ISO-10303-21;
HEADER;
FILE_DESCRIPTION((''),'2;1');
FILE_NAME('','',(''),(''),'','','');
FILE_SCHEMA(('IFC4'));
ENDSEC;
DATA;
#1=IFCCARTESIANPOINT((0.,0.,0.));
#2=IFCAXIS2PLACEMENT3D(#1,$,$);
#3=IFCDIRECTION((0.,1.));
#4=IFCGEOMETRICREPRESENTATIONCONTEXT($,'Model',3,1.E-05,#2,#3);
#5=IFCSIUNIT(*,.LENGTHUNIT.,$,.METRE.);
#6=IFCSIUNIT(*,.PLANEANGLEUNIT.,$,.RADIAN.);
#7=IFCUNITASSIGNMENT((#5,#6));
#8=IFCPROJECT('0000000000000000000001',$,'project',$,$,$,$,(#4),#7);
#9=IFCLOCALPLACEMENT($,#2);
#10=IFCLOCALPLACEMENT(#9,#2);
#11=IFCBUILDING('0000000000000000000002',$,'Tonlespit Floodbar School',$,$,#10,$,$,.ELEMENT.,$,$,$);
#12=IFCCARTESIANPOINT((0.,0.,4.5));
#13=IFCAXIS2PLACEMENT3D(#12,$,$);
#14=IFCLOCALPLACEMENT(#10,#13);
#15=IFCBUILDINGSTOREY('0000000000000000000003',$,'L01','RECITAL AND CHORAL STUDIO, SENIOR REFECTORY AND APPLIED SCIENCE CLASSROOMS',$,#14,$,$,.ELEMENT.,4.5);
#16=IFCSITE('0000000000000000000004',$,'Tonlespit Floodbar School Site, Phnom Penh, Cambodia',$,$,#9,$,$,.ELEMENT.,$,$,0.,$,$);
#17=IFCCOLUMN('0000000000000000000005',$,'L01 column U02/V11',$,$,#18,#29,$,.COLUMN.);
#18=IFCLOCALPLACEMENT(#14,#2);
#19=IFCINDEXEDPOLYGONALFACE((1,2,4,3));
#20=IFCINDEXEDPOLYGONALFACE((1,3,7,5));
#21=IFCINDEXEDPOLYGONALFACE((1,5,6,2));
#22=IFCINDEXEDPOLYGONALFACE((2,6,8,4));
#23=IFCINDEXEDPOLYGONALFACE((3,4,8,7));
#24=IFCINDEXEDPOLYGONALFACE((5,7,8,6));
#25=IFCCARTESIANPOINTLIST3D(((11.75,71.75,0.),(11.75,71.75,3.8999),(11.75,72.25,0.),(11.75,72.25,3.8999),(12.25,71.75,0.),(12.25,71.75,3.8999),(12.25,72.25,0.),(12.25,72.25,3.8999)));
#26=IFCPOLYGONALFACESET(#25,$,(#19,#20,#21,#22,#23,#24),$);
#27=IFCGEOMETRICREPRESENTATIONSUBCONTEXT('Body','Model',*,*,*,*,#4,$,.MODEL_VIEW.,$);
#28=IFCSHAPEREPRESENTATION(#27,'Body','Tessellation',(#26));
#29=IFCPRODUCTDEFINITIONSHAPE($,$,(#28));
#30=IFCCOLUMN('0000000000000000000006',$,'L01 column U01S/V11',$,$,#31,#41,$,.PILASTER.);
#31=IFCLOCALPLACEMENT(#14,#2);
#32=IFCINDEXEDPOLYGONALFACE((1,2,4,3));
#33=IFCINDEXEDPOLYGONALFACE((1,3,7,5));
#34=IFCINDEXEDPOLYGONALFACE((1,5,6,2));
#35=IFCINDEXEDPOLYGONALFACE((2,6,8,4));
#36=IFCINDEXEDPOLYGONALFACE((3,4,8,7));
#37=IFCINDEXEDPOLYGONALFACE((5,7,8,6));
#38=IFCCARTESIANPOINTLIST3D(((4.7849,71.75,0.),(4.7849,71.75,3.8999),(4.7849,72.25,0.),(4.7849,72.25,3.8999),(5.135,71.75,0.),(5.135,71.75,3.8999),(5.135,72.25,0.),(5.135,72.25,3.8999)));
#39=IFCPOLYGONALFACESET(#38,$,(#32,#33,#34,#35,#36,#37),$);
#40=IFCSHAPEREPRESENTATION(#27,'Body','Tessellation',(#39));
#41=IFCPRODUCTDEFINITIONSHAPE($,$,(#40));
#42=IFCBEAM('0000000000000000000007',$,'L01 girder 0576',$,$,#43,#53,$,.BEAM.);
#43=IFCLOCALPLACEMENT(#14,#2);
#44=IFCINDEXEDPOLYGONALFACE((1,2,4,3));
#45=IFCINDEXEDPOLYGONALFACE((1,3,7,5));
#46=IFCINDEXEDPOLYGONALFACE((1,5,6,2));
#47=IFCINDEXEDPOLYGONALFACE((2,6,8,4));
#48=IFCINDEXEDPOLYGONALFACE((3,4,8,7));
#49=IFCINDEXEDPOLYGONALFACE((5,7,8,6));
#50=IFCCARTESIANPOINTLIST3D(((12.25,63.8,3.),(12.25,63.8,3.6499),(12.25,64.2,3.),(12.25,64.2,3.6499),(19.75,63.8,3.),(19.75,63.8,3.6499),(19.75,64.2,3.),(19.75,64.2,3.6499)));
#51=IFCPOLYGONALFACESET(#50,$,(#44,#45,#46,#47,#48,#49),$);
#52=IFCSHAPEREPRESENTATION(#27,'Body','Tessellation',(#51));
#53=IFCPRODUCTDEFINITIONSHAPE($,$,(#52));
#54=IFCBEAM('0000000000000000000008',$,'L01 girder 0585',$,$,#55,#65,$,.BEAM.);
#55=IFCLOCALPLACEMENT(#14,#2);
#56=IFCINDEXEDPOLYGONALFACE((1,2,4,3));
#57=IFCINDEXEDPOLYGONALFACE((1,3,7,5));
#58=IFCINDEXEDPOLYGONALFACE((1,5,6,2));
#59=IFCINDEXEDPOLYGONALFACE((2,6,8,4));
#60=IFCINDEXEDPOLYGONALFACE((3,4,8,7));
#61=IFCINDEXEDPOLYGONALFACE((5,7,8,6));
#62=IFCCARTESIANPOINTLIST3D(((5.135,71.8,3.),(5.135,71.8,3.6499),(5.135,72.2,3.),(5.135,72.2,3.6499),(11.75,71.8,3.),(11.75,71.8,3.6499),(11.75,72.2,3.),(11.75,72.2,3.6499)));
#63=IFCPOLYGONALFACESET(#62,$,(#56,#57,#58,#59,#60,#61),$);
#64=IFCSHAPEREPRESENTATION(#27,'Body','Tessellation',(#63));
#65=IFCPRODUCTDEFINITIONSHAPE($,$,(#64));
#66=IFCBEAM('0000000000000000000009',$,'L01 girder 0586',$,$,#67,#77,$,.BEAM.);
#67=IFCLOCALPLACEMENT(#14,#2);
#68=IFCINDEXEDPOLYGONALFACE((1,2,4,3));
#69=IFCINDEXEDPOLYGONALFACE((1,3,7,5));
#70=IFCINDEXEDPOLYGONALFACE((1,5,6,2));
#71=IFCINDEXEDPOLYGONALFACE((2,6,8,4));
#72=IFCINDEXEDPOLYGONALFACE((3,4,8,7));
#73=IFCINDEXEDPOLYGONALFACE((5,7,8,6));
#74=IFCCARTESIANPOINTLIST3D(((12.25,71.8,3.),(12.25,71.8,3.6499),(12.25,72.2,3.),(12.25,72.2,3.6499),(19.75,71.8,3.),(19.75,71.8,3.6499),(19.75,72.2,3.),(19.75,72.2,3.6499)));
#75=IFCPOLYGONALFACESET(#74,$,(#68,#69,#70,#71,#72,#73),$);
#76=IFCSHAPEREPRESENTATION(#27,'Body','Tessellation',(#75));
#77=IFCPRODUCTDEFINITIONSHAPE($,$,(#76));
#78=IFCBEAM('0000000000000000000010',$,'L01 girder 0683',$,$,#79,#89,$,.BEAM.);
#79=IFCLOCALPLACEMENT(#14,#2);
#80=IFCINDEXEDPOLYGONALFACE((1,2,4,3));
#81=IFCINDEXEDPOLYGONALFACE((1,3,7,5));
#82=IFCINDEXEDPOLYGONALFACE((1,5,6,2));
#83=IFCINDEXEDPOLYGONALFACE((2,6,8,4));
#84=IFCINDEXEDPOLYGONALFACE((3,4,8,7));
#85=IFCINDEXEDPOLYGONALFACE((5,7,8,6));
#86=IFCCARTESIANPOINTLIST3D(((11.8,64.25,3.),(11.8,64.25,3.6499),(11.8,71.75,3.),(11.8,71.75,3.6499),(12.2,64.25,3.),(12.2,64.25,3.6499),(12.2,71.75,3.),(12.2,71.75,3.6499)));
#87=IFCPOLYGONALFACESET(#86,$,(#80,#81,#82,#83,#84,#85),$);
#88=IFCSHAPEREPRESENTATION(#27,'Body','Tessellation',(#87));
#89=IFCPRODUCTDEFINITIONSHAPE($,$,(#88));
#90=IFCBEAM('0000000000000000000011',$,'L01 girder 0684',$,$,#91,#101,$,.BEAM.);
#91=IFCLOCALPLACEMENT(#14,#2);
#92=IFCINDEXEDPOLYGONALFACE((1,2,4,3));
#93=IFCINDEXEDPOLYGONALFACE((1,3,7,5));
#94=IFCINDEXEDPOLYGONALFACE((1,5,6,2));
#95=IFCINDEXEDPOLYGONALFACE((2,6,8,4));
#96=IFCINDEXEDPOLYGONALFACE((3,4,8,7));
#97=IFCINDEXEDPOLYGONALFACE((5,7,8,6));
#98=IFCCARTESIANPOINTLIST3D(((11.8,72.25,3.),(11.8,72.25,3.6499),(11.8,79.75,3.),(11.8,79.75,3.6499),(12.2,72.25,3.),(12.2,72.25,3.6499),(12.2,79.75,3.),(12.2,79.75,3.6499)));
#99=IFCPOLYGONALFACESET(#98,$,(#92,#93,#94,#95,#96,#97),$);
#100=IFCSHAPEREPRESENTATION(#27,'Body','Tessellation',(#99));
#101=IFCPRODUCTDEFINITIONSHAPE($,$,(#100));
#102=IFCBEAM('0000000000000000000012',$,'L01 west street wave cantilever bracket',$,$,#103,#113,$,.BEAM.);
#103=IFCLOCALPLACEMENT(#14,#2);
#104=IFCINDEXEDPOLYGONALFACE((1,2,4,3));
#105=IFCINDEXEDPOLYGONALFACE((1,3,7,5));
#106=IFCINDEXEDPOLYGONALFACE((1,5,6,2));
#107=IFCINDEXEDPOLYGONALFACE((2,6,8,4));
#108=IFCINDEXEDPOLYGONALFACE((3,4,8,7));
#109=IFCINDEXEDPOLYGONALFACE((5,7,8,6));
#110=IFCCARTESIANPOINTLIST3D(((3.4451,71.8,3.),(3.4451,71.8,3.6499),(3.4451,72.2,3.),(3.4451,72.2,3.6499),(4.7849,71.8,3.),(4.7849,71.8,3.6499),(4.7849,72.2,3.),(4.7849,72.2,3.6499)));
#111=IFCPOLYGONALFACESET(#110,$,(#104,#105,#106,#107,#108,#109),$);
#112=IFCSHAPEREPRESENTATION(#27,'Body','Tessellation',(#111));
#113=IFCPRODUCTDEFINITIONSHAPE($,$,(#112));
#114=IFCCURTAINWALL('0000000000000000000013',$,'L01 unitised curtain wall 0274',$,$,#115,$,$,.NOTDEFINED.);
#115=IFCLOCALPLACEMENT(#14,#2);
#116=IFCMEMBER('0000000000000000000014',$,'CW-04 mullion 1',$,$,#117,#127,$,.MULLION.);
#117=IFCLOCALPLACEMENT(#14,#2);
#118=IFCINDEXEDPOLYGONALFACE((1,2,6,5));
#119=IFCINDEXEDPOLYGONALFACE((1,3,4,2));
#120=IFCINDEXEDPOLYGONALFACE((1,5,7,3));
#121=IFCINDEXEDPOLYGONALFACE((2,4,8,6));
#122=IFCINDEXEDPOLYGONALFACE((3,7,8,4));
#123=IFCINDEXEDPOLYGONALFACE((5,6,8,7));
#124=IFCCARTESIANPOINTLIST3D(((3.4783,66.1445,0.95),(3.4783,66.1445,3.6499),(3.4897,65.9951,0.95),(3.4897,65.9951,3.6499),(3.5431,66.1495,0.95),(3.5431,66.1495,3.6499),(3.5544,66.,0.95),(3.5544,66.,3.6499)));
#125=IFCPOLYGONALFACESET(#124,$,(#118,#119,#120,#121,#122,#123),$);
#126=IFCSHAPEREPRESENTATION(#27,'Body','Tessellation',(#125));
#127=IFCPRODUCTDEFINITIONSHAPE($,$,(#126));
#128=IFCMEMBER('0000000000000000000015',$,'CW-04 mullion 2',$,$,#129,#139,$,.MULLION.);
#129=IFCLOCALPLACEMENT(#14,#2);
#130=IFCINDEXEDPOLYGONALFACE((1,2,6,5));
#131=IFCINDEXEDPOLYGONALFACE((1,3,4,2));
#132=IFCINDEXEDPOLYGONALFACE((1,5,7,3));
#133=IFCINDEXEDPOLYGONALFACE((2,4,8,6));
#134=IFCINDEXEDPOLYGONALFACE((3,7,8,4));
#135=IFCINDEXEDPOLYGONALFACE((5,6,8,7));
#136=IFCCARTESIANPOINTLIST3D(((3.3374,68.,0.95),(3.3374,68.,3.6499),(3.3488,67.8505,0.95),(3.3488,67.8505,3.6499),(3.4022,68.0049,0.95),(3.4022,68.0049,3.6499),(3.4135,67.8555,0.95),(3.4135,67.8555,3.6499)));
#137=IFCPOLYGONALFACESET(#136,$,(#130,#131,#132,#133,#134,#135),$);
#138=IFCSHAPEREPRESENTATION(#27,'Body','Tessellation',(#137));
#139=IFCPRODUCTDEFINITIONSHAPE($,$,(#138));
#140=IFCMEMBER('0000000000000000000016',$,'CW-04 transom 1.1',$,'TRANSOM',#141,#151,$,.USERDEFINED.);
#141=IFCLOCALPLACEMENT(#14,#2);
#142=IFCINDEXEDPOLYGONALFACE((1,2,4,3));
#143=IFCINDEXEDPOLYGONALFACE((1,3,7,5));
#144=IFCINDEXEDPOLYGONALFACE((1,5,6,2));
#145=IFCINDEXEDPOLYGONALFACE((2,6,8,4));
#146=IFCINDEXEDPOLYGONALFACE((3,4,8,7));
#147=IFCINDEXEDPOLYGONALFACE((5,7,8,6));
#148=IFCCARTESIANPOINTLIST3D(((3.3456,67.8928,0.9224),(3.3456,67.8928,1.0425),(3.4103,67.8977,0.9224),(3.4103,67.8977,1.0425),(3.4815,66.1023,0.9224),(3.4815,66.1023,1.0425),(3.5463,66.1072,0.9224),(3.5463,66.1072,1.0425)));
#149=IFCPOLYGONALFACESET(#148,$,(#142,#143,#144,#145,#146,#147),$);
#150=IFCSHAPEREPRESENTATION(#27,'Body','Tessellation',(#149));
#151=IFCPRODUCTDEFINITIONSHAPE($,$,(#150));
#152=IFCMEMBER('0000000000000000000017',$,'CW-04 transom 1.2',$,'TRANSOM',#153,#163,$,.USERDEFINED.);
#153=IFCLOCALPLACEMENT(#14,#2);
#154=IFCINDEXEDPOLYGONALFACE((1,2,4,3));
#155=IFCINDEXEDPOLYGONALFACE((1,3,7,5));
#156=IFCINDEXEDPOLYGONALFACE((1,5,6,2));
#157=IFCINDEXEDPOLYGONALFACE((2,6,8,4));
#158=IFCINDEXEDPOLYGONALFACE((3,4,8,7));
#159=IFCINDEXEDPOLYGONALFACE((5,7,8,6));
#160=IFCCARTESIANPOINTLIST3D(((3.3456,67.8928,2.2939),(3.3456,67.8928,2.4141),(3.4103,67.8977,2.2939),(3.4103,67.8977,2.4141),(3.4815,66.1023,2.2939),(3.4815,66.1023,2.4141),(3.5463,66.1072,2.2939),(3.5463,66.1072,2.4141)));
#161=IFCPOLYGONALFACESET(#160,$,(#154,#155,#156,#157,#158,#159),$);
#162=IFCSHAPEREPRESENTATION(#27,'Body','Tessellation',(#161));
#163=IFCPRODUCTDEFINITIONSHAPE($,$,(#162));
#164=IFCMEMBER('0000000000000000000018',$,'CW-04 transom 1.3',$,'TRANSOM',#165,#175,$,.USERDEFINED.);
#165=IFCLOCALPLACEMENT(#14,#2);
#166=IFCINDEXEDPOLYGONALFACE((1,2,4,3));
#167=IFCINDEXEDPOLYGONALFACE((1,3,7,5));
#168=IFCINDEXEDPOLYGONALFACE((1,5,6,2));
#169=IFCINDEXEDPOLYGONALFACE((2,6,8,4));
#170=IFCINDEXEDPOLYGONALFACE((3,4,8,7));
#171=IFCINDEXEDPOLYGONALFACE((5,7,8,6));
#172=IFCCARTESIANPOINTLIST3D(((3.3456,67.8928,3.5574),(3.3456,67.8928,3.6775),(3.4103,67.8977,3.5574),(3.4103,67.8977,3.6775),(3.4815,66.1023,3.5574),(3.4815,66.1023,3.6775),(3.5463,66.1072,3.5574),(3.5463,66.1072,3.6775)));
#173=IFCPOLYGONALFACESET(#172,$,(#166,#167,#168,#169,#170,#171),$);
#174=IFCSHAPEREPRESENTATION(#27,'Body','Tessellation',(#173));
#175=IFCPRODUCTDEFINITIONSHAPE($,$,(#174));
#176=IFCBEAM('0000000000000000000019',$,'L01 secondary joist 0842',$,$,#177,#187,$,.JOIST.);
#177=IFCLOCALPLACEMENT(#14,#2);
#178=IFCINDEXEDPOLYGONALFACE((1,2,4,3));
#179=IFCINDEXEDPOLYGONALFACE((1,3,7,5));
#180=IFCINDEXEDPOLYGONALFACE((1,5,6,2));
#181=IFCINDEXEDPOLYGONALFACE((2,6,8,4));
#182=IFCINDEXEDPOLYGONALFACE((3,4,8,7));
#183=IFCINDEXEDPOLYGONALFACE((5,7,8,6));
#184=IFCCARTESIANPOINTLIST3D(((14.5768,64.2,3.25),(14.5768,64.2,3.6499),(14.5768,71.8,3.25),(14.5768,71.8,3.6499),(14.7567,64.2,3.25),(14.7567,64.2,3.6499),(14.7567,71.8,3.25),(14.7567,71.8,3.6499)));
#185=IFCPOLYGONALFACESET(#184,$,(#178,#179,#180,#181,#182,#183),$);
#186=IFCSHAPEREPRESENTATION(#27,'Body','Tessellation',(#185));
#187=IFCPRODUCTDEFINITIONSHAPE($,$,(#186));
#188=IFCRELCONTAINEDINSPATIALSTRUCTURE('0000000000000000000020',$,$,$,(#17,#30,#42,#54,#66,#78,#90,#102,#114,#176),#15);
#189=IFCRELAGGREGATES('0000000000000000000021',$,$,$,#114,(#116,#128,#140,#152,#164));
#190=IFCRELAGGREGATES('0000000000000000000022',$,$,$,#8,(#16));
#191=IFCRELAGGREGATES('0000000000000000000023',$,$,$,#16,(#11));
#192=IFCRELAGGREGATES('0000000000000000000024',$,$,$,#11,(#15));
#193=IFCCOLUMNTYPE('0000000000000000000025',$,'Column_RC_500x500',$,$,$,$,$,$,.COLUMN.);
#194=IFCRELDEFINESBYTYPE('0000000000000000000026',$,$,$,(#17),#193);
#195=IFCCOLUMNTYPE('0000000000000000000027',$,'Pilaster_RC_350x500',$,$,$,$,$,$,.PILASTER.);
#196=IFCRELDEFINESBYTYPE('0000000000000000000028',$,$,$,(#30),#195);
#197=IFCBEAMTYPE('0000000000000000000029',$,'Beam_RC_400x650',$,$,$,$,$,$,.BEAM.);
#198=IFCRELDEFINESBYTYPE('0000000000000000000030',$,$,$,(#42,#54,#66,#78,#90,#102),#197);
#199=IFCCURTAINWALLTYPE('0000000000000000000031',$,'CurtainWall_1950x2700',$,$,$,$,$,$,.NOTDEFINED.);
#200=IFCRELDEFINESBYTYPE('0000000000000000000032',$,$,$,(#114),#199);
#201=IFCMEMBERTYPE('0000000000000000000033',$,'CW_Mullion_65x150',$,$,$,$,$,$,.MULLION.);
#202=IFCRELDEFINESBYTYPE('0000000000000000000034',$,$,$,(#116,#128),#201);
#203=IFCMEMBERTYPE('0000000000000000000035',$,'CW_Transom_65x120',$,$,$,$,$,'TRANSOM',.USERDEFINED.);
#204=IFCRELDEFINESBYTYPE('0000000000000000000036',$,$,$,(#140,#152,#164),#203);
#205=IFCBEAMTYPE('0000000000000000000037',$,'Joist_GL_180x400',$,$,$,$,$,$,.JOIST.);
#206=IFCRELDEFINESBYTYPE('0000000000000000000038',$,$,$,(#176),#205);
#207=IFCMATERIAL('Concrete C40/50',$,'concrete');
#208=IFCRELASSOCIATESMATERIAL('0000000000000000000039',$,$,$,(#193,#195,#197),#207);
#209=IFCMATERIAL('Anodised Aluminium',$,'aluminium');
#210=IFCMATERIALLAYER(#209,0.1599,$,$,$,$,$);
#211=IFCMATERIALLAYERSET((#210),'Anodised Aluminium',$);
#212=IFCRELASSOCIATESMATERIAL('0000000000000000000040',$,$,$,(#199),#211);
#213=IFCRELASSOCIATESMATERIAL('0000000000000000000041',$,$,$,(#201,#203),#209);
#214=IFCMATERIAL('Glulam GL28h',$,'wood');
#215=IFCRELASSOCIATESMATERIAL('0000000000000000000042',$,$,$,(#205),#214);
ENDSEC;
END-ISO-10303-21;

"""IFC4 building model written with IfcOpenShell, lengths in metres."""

from ifc_helpers import new_model, si_unit, direction, frame, origin, origin_2d, place, context, subcontext, project, spatial, rectangle, extrude, material, layer, layer_set, material_profile, profile_set, type_object, element, aggregate, save


model = new_model("IFC4")

# Units and contexts
model_context = context("Model", 3, precision=1e-05, world=origin(), true_north=direction((0.0, 1.0)))
body_context = subcontext(model_context, "Body", "Model", "MODEL_VIEW")
ifc_project = project(units=[si_unit("LENGTHUNIT", "METRE"), si_unit("PLANEANGLEUNIT", "RADIAN")], contexts=[model_context])

# Site, building, storey
site_placement = place(None, origin())
site = spatial("IfcSite", under=ifc_project, at=site_placement, Name="Tonlespit Floodbar School Site, Phnom Penh, Cambodia", CompositionType="ELEMENT", RefElevation=0.0)
building_placement = place(site_placement, origin())
building = spatial("IfcBuilding", under=site, at=building_placement, Name="Tonlespit Floodbar School", CompositionType="ELEMENT")
storey_placement = place(building_placement, frame((0.0, 0.0, 4.5)))
storey = spatial("IfcBuildingStorey", under=building, at=storey_placement, Name="L01", Description="RECITAL AND CHORAL STUDIO, SENIOR REFECTORY AND APPLIED SCIENCE CLASSROOMS", CompositionType="ELEMENT", Elevation=4.5)

# Columns
ifc_material_1 = material(Name="Concrete C40/50", Category="concrete")
ifc_material_profile_1 = material_profile(ifc_material_1, rectangle(XDim=0.5, YDim=0.5, at=origin_2d()), Name="RC 500x500")
ifc_profile_set_1 = profile_set([ifc_material_profile_1], Name="Concrete C40/50")
column_type_1 = type_object("IfcColumnType", Name="Column_RC_500x500", PredefinedType="COLUMN", material=ifc_profile_set_1)
column_1_placement = place(storey_placement, frame((12.0, 72.0, 0.0), z_axis=(0.0, 0.0, 1.0), x_axis=(1.0, 0.0, 0.0)))
element("IfcColumn", 1, at=column_1_placement, inside=storey, type_object=column_type_1, Name="L01 column U02/V11", PredefinedType="COLUMN", context=body_context, shape_type="SweptSolid", body=[
    extrude(rectangle(XDim=0.5, YDim=0.5, at=origin_2d()), origin(), (0.0, 0.0, 1.0), 3.8999),
])
ifc_material_profile_2 = material_profile(ifc_material_1, rectangle(XDim=0.3501, YDim=0.5, at=origin_2d()), Name="RC 350x500")
ifc_profile_set_2 = profile_set([ifc_material_profile_2], Name="Concrete C40/50")
column_type_2 = type_object("IfcColumnType", Name="Pilaster_RC_350x500", PredefinedType="PILASTER", material=ifc_profile_set_2)
column_2_placement = place(storey_placement, frame((4.96, 72.0, 0.0), z_axis=(0.0, 0.0, 1.0), x_axis=(1.0, 0.0, 0.0)))
element("IfcColumn", 2, at=column_2_placement, inside=storey, type_object=column_type_2, Name="L01 column U01S/V11", PredefinedType="PILASTER", context=body_context, shape_type="SweptSolid", body=[
    extrude(rectangle(XDim=0.3501, YDim=0.5, at=origin_2d()), origin(), (0.0, 0.0, 1.0), 3.8999),
])

# Beams
ifc_material_profile_3 = material_profile(ifc_material_1, rectangle(XDim=0.3999, YDim=0.6499, at=origin_2d()), Name="RC 400x650")
ifc_profile_set_3 = profile_set([ifc_material_profile_3], Name="Concrete C40/50")
beam_type_1 = type_object("IfcBeamType", Name="Beam_RC_400x650", PredefinedType="BEAM", material=ifc_profile_set_3)
beam_1_placement = place(storey_placement, frame((12.25, 64.0, 3.325), z_axis=(1.0, 0.0, 0.0), x_axis=(0.0, 1.0, 0.0)))
element("IfcBeam", 3, at=beam_1_placement, inside=storey, type_object=beam_type_1, Name="L01 girder 0576", PredefinedType="BEAM", context=body_context, shape_type="SweptSolid", body=[
    extrude(rectangle(XDim=0.3999, YDim=0.6499, at=origin_2d()), origin(), (0.0, 0.0, 1.0), 7.5),
])
beam_2_placement = place(storey_placement, frame((5.135, 72.0, 3.325), z_axis=(1.0, 0.0, 0.0), x_axis=(0.0, 1.0, 0.0)))
element("IfcBeam", 4, at=beam_2_placement, inside=storey, type_object=beam_type_1, Name="L01 girder 0585", PredefinedType="BEAM", context=body_context, shape_type="SweptSolid", body=[
    extrude(rectangle(XDim=0.3999, YDim=0.6499, at=origin_2d()), origin(), (0.0, 0.0, 1.0), 6.615),
])
for number, where, z_axis, x_axis, name in (
    (5, (12.25, 72.0, 3.325), (1.0, 0.0, 0.0), (0.0, 1.0, 0.0), "L01 girder 0586"),
    (6, (12.0, 64.25, 3.325), (0.0, 1.0, 0.0), (-1.0, 0.0, 0.0), "L01 girder 0683"),
    (7, (12.0, 72.25, 3.325), (0.0, 1.0, 0.0), (-1.0, 0.0, 0.0), "L01 girder 0684"),
):
    element("IfcBeam", number, at=place(storey_placement, frame(where, z_axis=z_axis, x_axis=x_axis)), inside=storey, type_object=beam_type_1, Name=name, PredefinedType="BEAM", context=body_context, shape_type="SweptSolid", body=[
        extrude(rectangle(XDim=0.3999, YDim=0.6499, at=origin_2d()), origin(), (0.0, 0.0, 1.0), 7.5),
    ])
beam_3_placement = place(storey_placement, frame((4.7849, 72.0, 3.325), z_axis=(-1.0, 0.0, 0.0), x_axis=(0.0, -1.0, 0.0)))
element("IfcBeam", 8, at=beam_3_placement, inside=storey, type_object=beam_type_1, Name="L01 west street wave cantilever bracket", PredefinedType="BEAM", context=body_context, shape_type="SweptSolid", body=[
    extrude(rectangle(XDim=0.3999, YDim=0.6499, at=origin_2d()), origin(), (0.0, 0.0, 1.0), 1.3398),
])

# Curtain wall, members
ifc_material_2 = material(Name="Anodised Aluminium", Category="aluminium")
ifc_layer_1 = layer(ifc_material_2, 0.1599)
ifc_layer_set_1 = layer_set([ifc_layer_1], Name="Anodised Aluminium")
curtain_wall_type = type_object("IfcCurtainWallType", Name="CurtainWall_1950x2700", PredefinedType="NOTDEFINED", material=ifc_layer_set_1)
curtain_wall_placement = place(storey_placement, origin())
curtain_wall = element("IfcCurtainWall", 9, at=curtain_wall_placement, inside=storey, type_object=curtain_wall_type, Name="L01 unitised curtain wall 0274", PredefinedType="NOTDEFINED")
ifc_material_profile_4 = material_profile(ifc_material_2, rectangle(XDim=0.0649, YDim=0.1499, at=origin_2d()), Name="ALU M65x150")
ifc_profile_set_4 = profile_set([ifc_material_profile_4], Name="Anodised Aluminium")
member_type_1 = type_object("IfcMemberType", Name="CW_Mullion_65x150", PredefinedType="MULLION", material=ifc_profile_set_4)
member_1_placement = place(storey_placement, frame((3.5164, 66.0723, 0.95), z_axis=(0.0, 0.0, 1.0), x_axis=(-0.99713, -0.075712, 0.0)))
member_1 = element("IfcMember", 10, at=member_1_placement, type_object=member_type_1, Name="CW-04 mullion 1", PredefinedType="MULLION", context=body_context, shape_type="SweptSolid", body=[
    extrude(rectangle(XDim=0.0649, YDim=0.1499, at=origin_2d()), origin(), (0.0, 0.0, 1.0), 2.7),
])
member_2_placement = place(storey_placement, frame((3.3755, 67.9277, 0.95), z_axis=(0.0, 0.0, 1.0), x_axis=(-0.99713, -0.075712, 0.0)))
member_2 = element("IfcMember", 11, at=member_2_placement, type_object=member_type_1, Name="CW-04 mullion 2", PredefinedType="MULLION", context=body_context, shape_type="SweptSolid", body=[
    extrude(rectangle(XDim=0.0649, YDim=0.1499, at=origin_2d()), origin(), (0.0, 0.0, 1.0), 2.7),
])
ifc_material_profile_5 = material_profile(ifc_material_2, rectangle(XDim=0.0649, YDim=0.1201, at=origin_2d()), Name="ALU T65x120")
ifc_profile_set_5 = profile_set([ifc_material_profile_5], Name="Anodised Aluminium")
member_type_2 = type_object("IfcMemberType", Name="CW_Transom_65x120", ElementType="TRANSOM", PredefinedType="USERDEFINED", material=ifc_profile_set_5)
member_3_placement = place(storey_placement, frame((3.5139, 66.1047, 0.9824), z_axis=(-0.07573, 0.997128, 0.0), x_axis=(-0.997128, -0.07573, 0.0)))
member_3 = element("IfcMember", 12, at=member_3_placement, type_object=member_type_2, Name="CW-04 transom 1.1", ObjectType="TRANSOM", PredefinedType="USERDEFINED", context=body_context, shape_type="SweptSolid", body=[
    extrude(rectangle(XDim=0.0649, YDim=0.1201, at=origin_2d()), origin(), (0.0, 0.0, 1.0), 1.7957),
])
member_4_placement = place(storey_placement, frame((3.5139, 66.1047, 2.354), z_axis=(-0.07573, 0.997128, 0.0), x_axis=(-0.997128, -0.07573, 0.0)))
member_4 = element("IfcMember", 13, at=member_4_placement, type_object=member_type_2, Name="CW-04 transom 1.2", ObjectType="TRANSOM", PredefinedType="USERDEFINED", context=body_context, shape_type="SweptSolid", body=[
    extrude(rectangle(XDim=0.0649, YDim=0.1201, at=origin_2d()), origin(), (0.0, 0.0, 1.0), 1.7957),
])
member_5_placement = place(storey_placement, frame((3.5139, 66.1047, 3.6174), z_axis=(-0.07573, 0.997128, 0.0), x_axis=(-0.997128, -0.07573, 0.0)))
member_5 = element("IfcMember", 14, at=member_5_placement, type_object=member_type_2, Name="CW-04 transom 1.3", ObjectType="TRANSOM", PredefinedType="USERDEFINED", context=body_context, shape_type="SweptSolid", body=[
    extrude(rectangle(XDim=0.0649, YDim=0.1201, at=origin_2d()), origin(), (0.0, 0.0, 1.0), 1.7957),
])

# Beam
ifc_material_3 = material(Name="Glulam GL28h", Category="wood")
ifc_material_profile_6 = material_profile(ifc_material_3, rectangle(XDim=0.1799, YDim=0.3999, at=origin_2d()), Name="GL 180x400")
ifc_profile_set_6 = profile_set([ifc_material_profile_6], Name="Glulam GL28h")
beam_type_2 = type_object("IfcBeamType", Name="Joist_GL_180x400", PredefinedType="JOIST", material=ifc_profile_set_6)
for number, where, z_axis, x_axis, name in (
    (15, (14.6667, 64.2, 3.45), (0.0, 1.0, 0.0), (-1.0, 0.0, 0.0), "L01 secondary joist 0842"),
):
    element("IfcBeam", number, at=place(storey_placement, frame(where, z_axis=z_axis, x_axis=x_axis)), inside=storey, type_object=beam_type_2, Name=name, PredefinedType="JOIST", context=body_context, shape_type="SweptSolid", body=[
        extrude(rectangle(XDim=0.1799, YDim=0.3999, at=origin_2d()), origin(), (0.0, 0.0, 1.0), 7.6001),
    ])

aggregate(curtain_wall, [member_1, member_2, member_3, member_4, member_5])

save(model, "model.ifc")
